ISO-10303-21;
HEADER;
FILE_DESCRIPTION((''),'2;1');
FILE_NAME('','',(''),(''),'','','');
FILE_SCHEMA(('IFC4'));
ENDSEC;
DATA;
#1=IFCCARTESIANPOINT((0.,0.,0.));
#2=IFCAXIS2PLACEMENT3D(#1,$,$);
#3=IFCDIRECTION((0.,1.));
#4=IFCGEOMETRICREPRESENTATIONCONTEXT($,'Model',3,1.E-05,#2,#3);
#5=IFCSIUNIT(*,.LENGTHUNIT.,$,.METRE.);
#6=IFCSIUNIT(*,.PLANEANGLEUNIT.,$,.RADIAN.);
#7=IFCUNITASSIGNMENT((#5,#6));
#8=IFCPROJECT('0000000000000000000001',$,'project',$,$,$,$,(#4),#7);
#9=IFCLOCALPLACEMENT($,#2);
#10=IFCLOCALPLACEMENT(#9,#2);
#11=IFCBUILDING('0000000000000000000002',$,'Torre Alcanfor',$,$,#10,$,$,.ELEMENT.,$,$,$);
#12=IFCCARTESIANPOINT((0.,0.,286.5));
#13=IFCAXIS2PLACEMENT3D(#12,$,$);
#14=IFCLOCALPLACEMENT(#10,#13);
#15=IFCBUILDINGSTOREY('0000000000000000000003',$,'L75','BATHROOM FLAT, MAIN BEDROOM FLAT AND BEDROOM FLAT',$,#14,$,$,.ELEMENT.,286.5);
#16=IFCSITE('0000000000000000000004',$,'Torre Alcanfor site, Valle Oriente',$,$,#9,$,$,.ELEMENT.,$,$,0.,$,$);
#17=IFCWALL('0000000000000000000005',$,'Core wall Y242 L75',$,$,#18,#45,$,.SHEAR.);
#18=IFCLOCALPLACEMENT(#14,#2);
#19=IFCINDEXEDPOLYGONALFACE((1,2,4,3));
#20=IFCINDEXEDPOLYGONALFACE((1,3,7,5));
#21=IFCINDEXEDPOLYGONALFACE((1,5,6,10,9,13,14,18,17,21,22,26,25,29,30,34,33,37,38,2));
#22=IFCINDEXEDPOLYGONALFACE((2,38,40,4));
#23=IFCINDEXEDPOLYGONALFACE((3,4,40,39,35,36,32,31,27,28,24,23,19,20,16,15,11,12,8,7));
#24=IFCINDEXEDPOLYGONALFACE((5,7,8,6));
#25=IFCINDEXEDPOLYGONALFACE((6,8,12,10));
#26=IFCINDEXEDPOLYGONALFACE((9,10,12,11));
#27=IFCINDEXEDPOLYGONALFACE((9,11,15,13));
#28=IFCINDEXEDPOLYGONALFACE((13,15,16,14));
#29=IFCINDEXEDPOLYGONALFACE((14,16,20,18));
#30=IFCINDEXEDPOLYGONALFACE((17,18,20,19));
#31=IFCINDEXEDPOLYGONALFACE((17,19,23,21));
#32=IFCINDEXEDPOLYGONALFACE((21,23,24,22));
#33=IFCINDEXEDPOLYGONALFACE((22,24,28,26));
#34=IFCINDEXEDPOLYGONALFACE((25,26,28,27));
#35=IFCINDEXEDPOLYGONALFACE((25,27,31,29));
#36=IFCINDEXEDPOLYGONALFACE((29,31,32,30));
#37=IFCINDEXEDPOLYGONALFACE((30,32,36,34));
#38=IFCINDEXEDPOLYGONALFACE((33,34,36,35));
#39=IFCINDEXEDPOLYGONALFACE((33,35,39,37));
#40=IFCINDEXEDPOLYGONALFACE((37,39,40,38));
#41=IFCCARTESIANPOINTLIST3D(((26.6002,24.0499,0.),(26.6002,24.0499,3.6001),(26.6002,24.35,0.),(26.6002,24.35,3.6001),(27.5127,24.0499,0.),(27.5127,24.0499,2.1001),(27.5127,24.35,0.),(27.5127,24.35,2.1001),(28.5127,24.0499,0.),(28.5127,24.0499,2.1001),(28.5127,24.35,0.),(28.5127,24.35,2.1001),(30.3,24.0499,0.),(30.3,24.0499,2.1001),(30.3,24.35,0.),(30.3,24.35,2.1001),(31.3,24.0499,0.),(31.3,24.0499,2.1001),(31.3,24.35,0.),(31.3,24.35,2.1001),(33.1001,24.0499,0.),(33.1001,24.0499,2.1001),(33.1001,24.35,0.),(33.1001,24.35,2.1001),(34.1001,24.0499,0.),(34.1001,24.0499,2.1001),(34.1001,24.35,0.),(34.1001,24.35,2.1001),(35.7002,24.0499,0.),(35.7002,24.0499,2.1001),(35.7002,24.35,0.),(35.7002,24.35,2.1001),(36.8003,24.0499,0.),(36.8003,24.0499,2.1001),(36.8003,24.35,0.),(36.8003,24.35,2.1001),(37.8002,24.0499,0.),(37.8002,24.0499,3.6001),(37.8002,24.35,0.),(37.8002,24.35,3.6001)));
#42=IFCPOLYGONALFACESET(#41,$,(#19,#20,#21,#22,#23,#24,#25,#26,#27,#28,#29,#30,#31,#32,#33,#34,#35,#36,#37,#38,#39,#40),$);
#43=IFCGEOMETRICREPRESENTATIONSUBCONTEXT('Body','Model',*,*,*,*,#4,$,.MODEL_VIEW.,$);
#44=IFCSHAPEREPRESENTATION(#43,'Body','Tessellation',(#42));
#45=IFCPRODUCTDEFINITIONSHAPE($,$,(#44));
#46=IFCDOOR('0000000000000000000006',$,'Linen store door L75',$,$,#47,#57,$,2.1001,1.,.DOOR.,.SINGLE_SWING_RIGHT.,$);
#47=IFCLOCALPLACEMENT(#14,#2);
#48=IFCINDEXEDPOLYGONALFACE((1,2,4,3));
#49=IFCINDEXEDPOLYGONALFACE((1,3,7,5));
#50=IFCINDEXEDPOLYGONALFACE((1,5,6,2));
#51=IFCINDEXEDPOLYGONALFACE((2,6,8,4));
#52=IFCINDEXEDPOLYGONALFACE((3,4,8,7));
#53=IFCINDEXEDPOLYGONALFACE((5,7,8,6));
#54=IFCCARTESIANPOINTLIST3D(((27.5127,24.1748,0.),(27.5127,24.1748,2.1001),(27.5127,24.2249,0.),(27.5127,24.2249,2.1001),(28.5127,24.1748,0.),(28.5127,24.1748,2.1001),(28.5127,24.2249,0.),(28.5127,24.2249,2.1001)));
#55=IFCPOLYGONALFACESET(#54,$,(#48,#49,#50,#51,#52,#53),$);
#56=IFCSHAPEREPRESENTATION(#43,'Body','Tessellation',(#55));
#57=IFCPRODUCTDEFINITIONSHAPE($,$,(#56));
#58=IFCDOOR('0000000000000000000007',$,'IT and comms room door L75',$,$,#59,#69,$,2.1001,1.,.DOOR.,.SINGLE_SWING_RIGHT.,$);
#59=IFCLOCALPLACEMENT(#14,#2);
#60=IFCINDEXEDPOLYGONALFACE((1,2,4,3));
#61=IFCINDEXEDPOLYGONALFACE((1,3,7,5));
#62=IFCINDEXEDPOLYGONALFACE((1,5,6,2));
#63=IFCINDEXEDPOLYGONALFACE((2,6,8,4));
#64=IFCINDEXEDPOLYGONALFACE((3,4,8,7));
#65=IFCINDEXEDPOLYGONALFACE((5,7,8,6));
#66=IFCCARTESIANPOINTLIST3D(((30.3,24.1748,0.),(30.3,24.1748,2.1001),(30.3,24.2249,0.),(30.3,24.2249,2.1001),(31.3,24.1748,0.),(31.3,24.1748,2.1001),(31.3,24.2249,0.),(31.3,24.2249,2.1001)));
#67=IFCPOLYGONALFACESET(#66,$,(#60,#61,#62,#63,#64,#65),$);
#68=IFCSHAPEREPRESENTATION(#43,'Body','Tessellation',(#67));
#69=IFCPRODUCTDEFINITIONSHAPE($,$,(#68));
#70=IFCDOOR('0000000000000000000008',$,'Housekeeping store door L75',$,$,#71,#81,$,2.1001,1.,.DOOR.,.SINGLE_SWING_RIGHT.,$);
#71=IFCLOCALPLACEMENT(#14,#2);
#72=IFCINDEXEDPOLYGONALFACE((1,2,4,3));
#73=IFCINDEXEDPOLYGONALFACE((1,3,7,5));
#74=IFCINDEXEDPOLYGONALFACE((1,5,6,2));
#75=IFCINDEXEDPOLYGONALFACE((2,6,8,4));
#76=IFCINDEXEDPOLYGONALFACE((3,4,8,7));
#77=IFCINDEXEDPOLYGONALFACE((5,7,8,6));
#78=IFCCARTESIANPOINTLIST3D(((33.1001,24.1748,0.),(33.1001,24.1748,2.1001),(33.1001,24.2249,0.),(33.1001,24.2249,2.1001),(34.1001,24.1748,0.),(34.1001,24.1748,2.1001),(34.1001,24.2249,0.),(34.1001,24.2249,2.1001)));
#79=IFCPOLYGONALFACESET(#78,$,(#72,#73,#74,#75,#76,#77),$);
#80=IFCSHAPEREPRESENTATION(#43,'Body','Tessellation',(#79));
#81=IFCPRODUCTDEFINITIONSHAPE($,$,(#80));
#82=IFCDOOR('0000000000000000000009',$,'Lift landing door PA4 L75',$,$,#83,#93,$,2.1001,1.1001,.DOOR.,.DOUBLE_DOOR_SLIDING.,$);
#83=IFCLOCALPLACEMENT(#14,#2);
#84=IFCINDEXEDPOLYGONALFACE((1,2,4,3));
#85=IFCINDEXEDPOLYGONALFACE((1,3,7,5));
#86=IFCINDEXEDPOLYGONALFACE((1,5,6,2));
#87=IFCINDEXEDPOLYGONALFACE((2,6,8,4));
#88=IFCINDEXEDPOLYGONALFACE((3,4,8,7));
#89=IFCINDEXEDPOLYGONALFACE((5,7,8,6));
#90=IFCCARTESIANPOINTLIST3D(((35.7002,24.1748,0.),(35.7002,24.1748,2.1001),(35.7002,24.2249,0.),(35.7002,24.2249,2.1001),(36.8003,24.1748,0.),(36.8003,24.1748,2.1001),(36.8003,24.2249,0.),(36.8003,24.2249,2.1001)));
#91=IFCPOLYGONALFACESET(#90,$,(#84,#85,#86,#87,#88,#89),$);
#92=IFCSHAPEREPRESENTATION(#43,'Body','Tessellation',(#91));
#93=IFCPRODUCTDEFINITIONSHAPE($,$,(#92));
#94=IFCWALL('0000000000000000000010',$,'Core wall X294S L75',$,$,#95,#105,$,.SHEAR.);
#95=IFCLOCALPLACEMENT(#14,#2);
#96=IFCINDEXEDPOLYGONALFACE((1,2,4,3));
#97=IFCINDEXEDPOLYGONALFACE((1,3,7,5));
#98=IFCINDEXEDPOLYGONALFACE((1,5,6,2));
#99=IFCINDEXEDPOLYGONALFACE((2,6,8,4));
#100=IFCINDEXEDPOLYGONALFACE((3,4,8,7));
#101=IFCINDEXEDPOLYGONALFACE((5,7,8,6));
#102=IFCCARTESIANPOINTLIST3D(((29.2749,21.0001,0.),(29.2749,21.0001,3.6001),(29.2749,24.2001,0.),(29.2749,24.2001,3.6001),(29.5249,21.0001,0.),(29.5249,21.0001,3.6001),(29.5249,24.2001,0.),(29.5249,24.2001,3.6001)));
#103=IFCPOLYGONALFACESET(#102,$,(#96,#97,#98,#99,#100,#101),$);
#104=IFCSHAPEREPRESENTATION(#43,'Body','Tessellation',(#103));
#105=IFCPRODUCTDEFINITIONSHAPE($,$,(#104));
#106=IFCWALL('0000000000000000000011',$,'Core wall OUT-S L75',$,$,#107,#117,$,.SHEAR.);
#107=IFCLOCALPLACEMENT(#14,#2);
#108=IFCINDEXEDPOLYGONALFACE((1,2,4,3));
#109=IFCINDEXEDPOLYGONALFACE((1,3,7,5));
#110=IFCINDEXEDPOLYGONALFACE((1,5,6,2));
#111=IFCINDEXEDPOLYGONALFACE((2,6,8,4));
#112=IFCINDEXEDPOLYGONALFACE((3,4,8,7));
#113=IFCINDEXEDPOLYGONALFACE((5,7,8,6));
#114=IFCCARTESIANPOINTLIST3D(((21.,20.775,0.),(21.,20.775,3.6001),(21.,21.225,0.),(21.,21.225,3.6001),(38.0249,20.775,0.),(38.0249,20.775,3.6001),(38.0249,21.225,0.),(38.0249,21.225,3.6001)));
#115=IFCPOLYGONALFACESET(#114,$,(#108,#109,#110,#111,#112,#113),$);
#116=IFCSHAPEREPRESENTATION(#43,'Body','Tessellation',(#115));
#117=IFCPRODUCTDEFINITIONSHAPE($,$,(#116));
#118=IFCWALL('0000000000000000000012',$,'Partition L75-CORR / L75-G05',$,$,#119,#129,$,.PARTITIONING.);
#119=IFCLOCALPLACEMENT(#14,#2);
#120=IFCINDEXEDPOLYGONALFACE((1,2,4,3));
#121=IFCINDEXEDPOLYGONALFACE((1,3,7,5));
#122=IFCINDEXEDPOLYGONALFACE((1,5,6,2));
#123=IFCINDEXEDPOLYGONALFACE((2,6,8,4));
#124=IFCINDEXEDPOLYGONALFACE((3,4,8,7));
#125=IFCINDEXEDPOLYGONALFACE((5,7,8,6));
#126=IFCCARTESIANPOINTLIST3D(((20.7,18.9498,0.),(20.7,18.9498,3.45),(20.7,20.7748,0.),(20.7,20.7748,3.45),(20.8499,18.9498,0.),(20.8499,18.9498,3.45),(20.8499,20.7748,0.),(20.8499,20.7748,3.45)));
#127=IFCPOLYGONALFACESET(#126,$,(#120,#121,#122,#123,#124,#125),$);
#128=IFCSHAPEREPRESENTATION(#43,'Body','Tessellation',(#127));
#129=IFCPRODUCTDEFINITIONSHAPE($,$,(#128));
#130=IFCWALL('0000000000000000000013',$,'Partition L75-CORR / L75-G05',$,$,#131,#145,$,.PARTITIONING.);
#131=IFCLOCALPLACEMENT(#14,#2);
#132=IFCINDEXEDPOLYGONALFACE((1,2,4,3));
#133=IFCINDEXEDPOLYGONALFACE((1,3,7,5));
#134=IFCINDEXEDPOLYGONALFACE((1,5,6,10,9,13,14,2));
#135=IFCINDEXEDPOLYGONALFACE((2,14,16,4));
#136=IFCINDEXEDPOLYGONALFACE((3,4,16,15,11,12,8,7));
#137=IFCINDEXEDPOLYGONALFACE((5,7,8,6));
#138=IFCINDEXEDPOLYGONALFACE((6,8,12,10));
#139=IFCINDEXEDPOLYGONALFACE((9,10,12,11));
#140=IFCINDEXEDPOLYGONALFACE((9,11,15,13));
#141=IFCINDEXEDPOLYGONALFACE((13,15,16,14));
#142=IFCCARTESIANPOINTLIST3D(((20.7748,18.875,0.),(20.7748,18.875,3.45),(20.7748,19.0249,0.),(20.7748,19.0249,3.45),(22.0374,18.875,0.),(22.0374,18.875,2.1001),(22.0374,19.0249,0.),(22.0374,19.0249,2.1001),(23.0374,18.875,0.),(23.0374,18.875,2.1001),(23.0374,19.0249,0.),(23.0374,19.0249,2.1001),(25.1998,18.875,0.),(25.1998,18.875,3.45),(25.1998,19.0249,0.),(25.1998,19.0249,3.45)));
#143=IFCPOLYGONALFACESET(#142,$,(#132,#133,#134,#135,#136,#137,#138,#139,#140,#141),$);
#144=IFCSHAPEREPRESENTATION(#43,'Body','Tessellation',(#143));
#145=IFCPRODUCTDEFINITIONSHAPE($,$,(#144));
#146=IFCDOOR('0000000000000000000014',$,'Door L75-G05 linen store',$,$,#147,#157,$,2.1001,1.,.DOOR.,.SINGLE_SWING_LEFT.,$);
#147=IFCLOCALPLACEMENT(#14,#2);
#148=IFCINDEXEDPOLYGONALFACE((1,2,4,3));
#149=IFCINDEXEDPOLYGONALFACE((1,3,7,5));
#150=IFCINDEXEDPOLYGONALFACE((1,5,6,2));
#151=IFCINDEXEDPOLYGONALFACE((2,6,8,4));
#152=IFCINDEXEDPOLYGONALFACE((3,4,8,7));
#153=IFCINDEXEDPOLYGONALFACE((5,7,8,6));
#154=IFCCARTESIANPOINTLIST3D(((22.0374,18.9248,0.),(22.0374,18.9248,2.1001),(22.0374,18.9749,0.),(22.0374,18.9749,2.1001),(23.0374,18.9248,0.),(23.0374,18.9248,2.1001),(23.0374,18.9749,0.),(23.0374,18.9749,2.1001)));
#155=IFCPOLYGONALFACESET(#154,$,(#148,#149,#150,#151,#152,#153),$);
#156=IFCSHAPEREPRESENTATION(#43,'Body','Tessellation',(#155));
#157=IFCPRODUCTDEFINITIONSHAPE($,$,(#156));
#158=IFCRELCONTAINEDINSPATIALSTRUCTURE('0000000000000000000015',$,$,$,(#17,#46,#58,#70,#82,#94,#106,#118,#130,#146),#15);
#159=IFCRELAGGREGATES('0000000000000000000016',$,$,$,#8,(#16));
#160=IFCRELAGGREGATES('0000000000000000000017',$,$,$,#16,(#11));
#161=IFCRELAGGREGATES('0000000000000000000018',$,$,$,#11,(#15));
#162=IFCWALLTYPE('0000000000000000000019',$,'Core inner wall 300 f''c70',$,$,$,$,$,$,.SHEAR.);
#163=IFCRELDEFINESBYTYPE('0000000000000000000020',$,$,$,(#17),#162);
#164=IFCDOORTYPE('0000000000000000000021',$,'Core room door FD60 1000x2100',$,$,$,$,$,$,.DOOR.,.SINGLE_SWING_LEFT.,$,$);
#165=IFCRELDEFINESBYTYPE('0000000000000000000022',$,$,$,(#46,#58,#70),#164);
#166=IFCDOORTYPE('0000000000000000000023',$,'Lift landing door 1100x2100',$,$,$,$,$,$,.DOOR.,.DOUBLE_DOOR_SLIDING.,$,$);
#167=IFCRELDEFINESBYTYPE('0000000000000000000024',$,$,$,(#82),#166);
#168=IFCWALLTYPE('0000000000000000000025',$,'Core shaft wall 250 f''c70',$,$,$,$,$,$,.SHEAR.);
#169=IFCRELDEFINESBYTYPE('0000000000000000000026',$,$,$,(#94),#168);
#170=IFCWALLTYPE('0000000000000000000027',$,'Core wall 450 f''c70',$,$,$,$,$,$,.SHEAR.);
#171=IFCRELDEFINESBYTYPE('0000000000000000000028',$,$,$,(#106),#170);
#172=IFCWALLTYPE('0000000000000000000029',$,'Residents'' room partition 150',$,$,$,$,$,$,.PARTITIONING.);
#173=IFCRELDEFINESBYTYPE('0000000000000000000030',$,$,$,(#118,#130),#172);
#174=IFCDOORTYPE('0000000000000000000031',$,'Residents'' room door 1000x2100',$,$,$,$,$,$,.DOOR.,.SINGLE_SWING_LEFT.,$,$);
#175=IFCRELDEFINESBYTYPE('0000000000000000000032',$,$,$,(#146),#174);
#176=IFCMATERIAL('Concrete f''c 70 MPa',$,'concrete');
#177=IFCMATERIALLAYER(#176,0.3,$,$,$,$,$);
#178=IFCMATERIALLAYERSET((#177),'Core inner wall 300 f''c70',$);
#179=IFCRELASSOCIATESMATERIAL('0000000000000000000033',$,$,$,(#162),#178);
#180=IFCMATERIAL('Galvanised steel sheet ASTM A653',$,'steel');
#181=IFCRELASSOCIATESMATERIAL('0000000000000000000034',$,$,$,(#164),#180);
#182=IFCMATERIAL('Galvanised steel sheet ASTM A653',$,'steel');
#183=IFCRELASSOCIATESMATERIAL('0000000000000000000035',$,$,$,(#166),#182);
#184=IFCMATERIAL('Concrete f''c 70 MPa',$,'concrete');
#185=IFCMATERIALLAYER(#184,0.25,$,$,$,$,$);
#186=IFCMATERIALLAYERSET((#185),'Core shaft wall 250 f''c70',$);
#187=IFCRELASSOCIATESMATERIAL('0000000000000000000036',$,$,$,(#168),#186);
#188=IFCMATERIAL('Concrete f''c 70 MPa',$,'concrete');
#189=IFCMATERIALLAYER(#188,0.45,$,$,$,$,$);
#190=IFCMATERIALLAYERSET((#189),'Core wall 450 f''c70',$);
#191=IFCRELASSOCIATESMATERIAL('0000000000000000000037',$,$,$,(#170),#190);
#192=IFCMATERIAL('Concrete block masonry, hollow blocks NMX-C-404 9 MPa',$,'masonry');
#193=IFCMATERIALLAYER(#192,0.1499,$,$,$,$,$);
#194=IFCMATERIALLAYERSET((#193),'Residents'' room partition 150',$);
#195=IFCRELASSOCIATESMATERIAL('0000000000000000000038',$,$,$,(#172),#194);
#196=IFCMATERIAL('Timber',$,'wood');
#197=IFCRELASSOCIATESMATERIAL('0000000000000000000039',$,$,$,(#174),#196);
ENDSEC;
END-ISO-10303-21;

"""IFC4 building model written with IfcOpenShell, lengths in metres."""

from ifc_helpers import new_model, si_unit, direction, frame, frame_2d, origin, place, context, subcontext, project, spatial, rectangle, extrude, material, layer, layer_set, type_object, element, fill, save


model = new_model("IFC4")

# Units and contexts
model_context = context("Model", 3, precision=1e-05, world=origin(), true_north=direction((0.0, 1.0)))
body_context = subcontext(model_context, "Body", "Model", "MODEL_VIEW")
ifc_project = project(units=[si_unit("LENGTHUNIT", "METRE"), si_unit("PLANEANGLEUNIT", "RADIAN")], contexts=[model_context])

# Site, building, storey
site_placement = place(None, origin())
site = spatial("IfcSite", under=ifc_project, at=site_placement, Name="Torre Alcanfor site, Valle Oriente", CompositionType="ELEMENT", RefElevation=0.0)
building_placement = place(site_placement, origin())
building = spatial("IfcBuilding", under=site, at=building_placement, Name="Torre Alcanfor", CompositionType="ELEMENT")
storey_placement = place(building_placement, frame((0.0, 0.0, 286.5)))
storey = spatial("IfcBuildingStorey", under=building, at=storey_placement, Name="L75", Description="BATHROOM FLAT, MAIN BEDROOM FLAT AND BEDROOM FLAT", CompositionType="ELEMENT", Elevation=286.5)

# Shared definitions
ifc_material_1 = material(Name="Concrete f'c 70 MPa", Category="concrete")
ifc_layer_1 = layer(ifc_material_1, 0.3)
ifc_layer_set_1 = layer_set([ifc_layer_1], Name="Core inner wall 300 f'c70")
wall_type_1 = type_object("IfcWallType", Name="Core inner wall 300 f'c70", PredefinedType="SHEAR", material=ifc_layer_set_1)

# Wall, openings, doors
wall_1_placement = place(storey_placement, frame((26.6001, 24.2, 0.0), z_axis=(0.0, 0.0, 1.0), x_axis=(1.0, 0.0, 0.0)))
wall_1 = element("IfcWall", 1, at=wall_1_placement, inside=storey, type_object=wall_type_1, Name="Core wall Y242 L75", PredefinedType="SHEAR", context=body_context, shape_type="SweptSolid", body=[
    extrude(rectangle(XDim=11.2, YDim=0.3, at=frame_2d((5.6001, 0.0))), origin(), (0.0, 0.0, 1.0), 3.6001),
])
opening_1_placement = place(wall_1_placement, frame((0.9126, 0.0, 0.0)))
opening_1 = element("IfcOpeningElement", 2, at=opening_1_placement, cuts=wall_1, PredefinedType="OPENING", context=body_context, shape_type="SweptSolid", body=[
    extrude(rectangle(XDim=1.0, YDim=2.1001, at=frame_2d((0.5, 1.05))), frame((0.0, 0.1599, 0.0), z_axis=(0.0, -1.0, 0.0), x_axis=(1.0, 0.0, 0.0)), (0.0, 0.0, 1.0), 0.3201),
])
opening_2_placement = place(wall_1_placement, frame((3.7, 0.0, 0.0)))
opening_2 = element("IfcOpeningElement", 3, at=opening_2_placement, cuts=wall_1, PredefinedType="OPENING", context=body_context, shape_type="SweptSolid", body=[
    extrude(rectangle(XDim=1.0, YDim=2.1001, at=frame_2d((0.5, 1.05))), frame((0.0, 0.1599, 0.0), z_axis=(0.0, -1.0, 0.0), x_axis=(1.0, 0.0, 0.0)), (0.0, 0.0, 1.0), 0.3201),
])
opening_3_placement = place(wall_1_placement, frame((6.5, 0.0, 0.0)))
opening_3 = element("IfcOpeningElement", 4, at=opening_3_placement, cuts=wall_1, PredefinedType="OPENING", context=body_context, shape_type="SweptSolid", body=[
    extrude(rectangle(XDim=1.0, YDim=2.1001, at=frame_2d((0.5, 1.05))), frame((0.0, 0.1599, 0.0), z_axis=(0.0, -1.0, 0.0), x_axis=(1.0, 0.0, 0.0)), (0.0, 0.0, 1.0), 0.3201),
])
opening_4_placement = place(wall_1_placement, frame((9.1001, 0.0, 0.0)))
opening_4 = element("IfcOpeningElement", 5, at=opening_4_placement, cuts=wall_1, PredefinedType="OPENING", context=body_context, shape_type="SweptSolid", body=[
    extrude(rectangle(XDim=1.1001, YDim=2.1001, at=frame_2d((0.55, 1.05))), frame((0.0, 0.1599, 0.0), z_axis=(0.0, -1.0, 0.0), x_axis=(1.0, 0.0, 0.0)), (0.0, 0.0, 1.0), 0.3201),
])
ifc_material_2 = material(Name="Galvanised steel sheet ASTM A653", Category="steel")
door_type_1 = type_object("IfcDoorType", Name="Core room door FD60 1000x2100", OperationType="SINGLE_SWING_LEFT", PredefinedType="DOOR", material=ifc_material_2)
door_1_placement = place(opening_1_placement, frame((1.0, 0.0, 0.0), z_axis=(0.0, 0.0, 1.0), x_axis=(-1.0, 0.0, 0.0)))
door_1 = element("IfcDoor", 6, at=door_1_placement, inside=storey, type_object=door_type_1, Name="Linen store door L75", OperationType="SINGLE_SWING_RIGHT", OverallHeight=2.1001, OverallWidth=1.0, PredefinedType="DOOR", context=body_context, shape_type="SweptSolid", body=[
    extrude(rectangle(XDim=1.0, YDim=2.1001, at=frame_2d((0.5, 1.05))), frame((0.0, 0.0251, 0.0), z_axis=(0.0, -1.0, 0.0), x_axis=(1.0, 0.0, 0.0)), (0.0, 0.0, 1.0), 0.05),
])
fill(opening_1, door_1)
door_2_placement = place(opening_2_placement, frame((1.0, 0.0, 0.0), z_axis=(0.0, 0.0, 1.0), x_axis=(-1.0, 0.0, 0.0)))
door_2 = element("IfcDoor", 7, at=door_2_placement, inside=storey, type_object=door_type_1, Name="IT and comms room door L75", OperationType="SINGLE_SWING_RIGHT", OverallHeight=2.1001, OverallWidth=1.0, PredefinedType="DOOR", context=body_context, shape_type="SweptSolid", body=[
    extrude(rectangle(XDim=1.0, YDim=2.1001, at=frame_2d((0.5, 1.05))), frame((0.0, 0.0251, 0.0), z_axis=(0.0, -1.0, 0.0), x_axis=(1.0, 0.0, 0.0)), (0.0, 0.0, 1.0), 0.05),
])
fill(opening_2, door_2)
door_3_placement = place(opening_3_placement, frame((1.0, 0.0, 0.0), z_axis=(0.0, 0.0, 1.0), x_axis=(-1.0, 0.0, 0.0)))
door_3 = element("IfcDoor", 8, at=door_3_placement, inside=storey, type_object=door_type_1, Name="Housekeeping store door L75", OperationType="SINGLE_SWING_RIGHT", OverallHeight=2.1001, OverallWidth=1.0, PredefinedType="DOOR", context=body_context, shape_type="SweptSolid", body=[
    extrude(rectangle(XDim=1.0, YDim=2.1001, at=frame_2d((0.5, 1.05))), frame((0.0, 0.0251, 0.0), z_axis=(0.0, -1.0, 0.0), x_axis=(1.0, 0.0, 0.0)), (0.0, 0.0, 1.0), 0.05),
])
fill(opening_3, door_3)
ifc_material_3 = material(Name="Galvanised steel sheet ASTM A653", Category="steel")
door_type_2 = type_object("IfcDoorType", Name="Lift landing door 1100x2100", OperationType="DOUBLE_DOOR_SLIDING", PredefinedType="DOOR", material=ifc_material_3)
door_4_placement = place(opening_4_placement, origin())
door_4 = element("IfcDoor", 9, at=door_4_placement, inside=storey, type_object=door_type_2, Name="Lift landing door PA4 L75", OperationType="DOUBLE_DOOR_SLIDING", OverallHeight=2.1001, OverallWidth=1.1001, PredefinedType="DOOR", context=body_context, shape_type="SweptSolid", body=[
    extrude(rectangle(XDim=1.1001, YDim=2.1001, at=frame_2d((0.55, 1.05))), frame((0.0, 0.0249, 0.0), z_axis=(0.0, -1.0, 0.0), x_axis=(1.0, 0.0, 0.0)), (0.0, 0.0, 1.0), 0.05),
])
fill(opening_4, door_4)

# Walls
ifc_material_4 = material(Name="Concrete f'c 70 MPa", Category="concrete")
ifc_layer_2 = layer(ifc_material_4, 0.25)
ifc_layer_set_2 = layer_set([ifc_layer_2], Name="Core shaft wall 250 f'c70")
wall_type_2 = type_object("IfcWallType", Name="Core shaft wall 250 f'c70", PredefinedType="SHEAR", material=ifc_layer_set_2)
wall_2_placement = place(storey_placement, frame((29.3999, 21.0, 0.0), z_axis=(0.0, 0.0, 1.0), x_axis=(0.0, 1.0, 0.0)))
element("IfcWall", 10, at=wall_2_placement, inside=storey, type_object=wall_type_2, Name="Core wall X294S L75", PredefinedType="SHEAR", context=body_context, shape_type="SweptSolid", body=[
    extrude(rectangle(XDim=3.2, YDim=0.25, at=frame_2d((1.6001, 0.0))), origin(), (0.0, 0.0, 1.0), 3.6001),
])
ifc_material_5 = material(Name="Concrete f'c 70 MPa", Category="concrete")
ifc_layer_3 = layer(ifc_material_5, 0.45)
ifc_layer_set_3 = layer_set([ifc_layer_3], Name="Core wall 450 f'c70")
wall_type_3 = type_object("IfcWallType", Name="Core wall 450 f'c70", PredefinedType="SHEAR", material=ifc_layer_set_3)
wall_3_placement = place(storey_placement, frame((21.0, 21.0, 0.0), z_axis=(0.0, 0.0, 1.0), x_axis=(1.0, 0.0, 0.0)))
element("IfcWall", 11, at=wall_3_placement, inside=storey, type_object=wall_type_3, Name="Core wall OUT-S L75", PredefinedType="SHEAR", context=body_context, shape_type="SweptSolid", body=[
    extrude(rectangle(XDim=17.0249, YDim=0.45, at=frame_2d((8.5125, 0.0))), origin(), (0.0, 0.0, 1.0), 3.6001),
])
ifc_material_6 = material(Name="Concrete block masonry, hollow blocks NMX-C-404 9 MPa", Category="masonry")
ifc_layer_4 = layer(ifc_material_6, 0.1499)
ifc_layer_set_4 = layer_set([ifc_layer_4], Name="Residents' room partition 150")
wall_type_4 = type_object("IfcWallType", Name="Residents' room partition 150", PredefinedType="PARTITIONING", material=ifc_layer_set_4)
wall_4_placement = place(storey_placement, frame((20.7749, 20.7749, 0.0), z_axis=(0.0, 0.0, 1.0), x_axis=(0.0, -1.0, 0.0)))
element("IfcWall", 12, at=wall_4_placement, inside=storey, type_object=wall_type_4, Name="Partition L75-CORR / L75-G05", PredefinedType="PARTITIONING", context=body_context, shape_type="SweptSolid", body=[
    extrude(rectangle(XDim=1.825, YDim=0.1499, at=frame_2d((0.9126, 0.0))), origin(), (0.0, 0.0, 1.0), 3.45),
])

# Wall, opening, door
wall_5_placement = place(storey_placement, frame((20.7749, 18.95, 0.0), z_axis=(0.0, 0.0, 1.0), x_axis=(1.0, 0.0, 0.0)))
wall_5 = element("IfcWall", 13, at=wall_5_placement, inside=storey, type_object=wall_type_4, Name="Partition L75-CORR / L75-G05", PredefinedType="PARTITIONING", context=body_context, shape_type="SweptSolid", body=[
    extrude(rectangle(XDim=4.425, YDim=0.1499, at=frame_2d((2.2124, 0.0))), origin(), (0.0, 0.0, 1.0), 3.45),
])
opening_5_placement = place(wall_5_placement, frame((1.2625, 0.0, 0.0)))
opening_5 = element("IfcOpeningElement", 14, at=opening_5_placement, cuts=wall_5, PredefinedType="OPENING", context=body_context, shape_type="SweptSolid", body=[
    extrude(rectangle(XDim=1.0, YDim=2.1001, at=frame_2d((0.5, 1.05))), frame((0.0, 0.085, 0.0), z_axis=(0.0, -1.0, 0.0), x_axis=(1.0, 0.0, 0.0)), (0.0, 0.0, 1.0), 0.1699),
])
ifc_material_7 = material(Name="Timber", Category="wood")
door_type_3 = type_object("IfcDoorType", Name="Residents' room door 1000x2100", OperationType="SINGLE_SWING_LEFT", PredefinedType="DOOR", material=ifc_material_7)
door_5_placement = place(opening_5_placement, origin())
door_5 = element("IfcDoor", 15, at=door_5_placement, inside=storey, type_object=door_type_3, Name="Door L75-G05 linen store", OperationType="SINGLE_SWING_LEFT", OverallHeight=2.1001, OverallWidth=1.0, PredefinedType="DOOR", context=body_context, shape_type="SweptSolid", body=[
    extrude(rectangle(XDim=1.0, YDim=2.1001, at=frame_2d((0.5, 1.05))), frame((0.0, 0.0249, 0.0), z_axis=(0.0, -1.0, 0.0), x_axis=(1.0, 0.0, 0.0)), (0.0, 0.0, 1.0), 0.05),
])
fill(opening_5, door_5)

save(model, "model.ifc")
